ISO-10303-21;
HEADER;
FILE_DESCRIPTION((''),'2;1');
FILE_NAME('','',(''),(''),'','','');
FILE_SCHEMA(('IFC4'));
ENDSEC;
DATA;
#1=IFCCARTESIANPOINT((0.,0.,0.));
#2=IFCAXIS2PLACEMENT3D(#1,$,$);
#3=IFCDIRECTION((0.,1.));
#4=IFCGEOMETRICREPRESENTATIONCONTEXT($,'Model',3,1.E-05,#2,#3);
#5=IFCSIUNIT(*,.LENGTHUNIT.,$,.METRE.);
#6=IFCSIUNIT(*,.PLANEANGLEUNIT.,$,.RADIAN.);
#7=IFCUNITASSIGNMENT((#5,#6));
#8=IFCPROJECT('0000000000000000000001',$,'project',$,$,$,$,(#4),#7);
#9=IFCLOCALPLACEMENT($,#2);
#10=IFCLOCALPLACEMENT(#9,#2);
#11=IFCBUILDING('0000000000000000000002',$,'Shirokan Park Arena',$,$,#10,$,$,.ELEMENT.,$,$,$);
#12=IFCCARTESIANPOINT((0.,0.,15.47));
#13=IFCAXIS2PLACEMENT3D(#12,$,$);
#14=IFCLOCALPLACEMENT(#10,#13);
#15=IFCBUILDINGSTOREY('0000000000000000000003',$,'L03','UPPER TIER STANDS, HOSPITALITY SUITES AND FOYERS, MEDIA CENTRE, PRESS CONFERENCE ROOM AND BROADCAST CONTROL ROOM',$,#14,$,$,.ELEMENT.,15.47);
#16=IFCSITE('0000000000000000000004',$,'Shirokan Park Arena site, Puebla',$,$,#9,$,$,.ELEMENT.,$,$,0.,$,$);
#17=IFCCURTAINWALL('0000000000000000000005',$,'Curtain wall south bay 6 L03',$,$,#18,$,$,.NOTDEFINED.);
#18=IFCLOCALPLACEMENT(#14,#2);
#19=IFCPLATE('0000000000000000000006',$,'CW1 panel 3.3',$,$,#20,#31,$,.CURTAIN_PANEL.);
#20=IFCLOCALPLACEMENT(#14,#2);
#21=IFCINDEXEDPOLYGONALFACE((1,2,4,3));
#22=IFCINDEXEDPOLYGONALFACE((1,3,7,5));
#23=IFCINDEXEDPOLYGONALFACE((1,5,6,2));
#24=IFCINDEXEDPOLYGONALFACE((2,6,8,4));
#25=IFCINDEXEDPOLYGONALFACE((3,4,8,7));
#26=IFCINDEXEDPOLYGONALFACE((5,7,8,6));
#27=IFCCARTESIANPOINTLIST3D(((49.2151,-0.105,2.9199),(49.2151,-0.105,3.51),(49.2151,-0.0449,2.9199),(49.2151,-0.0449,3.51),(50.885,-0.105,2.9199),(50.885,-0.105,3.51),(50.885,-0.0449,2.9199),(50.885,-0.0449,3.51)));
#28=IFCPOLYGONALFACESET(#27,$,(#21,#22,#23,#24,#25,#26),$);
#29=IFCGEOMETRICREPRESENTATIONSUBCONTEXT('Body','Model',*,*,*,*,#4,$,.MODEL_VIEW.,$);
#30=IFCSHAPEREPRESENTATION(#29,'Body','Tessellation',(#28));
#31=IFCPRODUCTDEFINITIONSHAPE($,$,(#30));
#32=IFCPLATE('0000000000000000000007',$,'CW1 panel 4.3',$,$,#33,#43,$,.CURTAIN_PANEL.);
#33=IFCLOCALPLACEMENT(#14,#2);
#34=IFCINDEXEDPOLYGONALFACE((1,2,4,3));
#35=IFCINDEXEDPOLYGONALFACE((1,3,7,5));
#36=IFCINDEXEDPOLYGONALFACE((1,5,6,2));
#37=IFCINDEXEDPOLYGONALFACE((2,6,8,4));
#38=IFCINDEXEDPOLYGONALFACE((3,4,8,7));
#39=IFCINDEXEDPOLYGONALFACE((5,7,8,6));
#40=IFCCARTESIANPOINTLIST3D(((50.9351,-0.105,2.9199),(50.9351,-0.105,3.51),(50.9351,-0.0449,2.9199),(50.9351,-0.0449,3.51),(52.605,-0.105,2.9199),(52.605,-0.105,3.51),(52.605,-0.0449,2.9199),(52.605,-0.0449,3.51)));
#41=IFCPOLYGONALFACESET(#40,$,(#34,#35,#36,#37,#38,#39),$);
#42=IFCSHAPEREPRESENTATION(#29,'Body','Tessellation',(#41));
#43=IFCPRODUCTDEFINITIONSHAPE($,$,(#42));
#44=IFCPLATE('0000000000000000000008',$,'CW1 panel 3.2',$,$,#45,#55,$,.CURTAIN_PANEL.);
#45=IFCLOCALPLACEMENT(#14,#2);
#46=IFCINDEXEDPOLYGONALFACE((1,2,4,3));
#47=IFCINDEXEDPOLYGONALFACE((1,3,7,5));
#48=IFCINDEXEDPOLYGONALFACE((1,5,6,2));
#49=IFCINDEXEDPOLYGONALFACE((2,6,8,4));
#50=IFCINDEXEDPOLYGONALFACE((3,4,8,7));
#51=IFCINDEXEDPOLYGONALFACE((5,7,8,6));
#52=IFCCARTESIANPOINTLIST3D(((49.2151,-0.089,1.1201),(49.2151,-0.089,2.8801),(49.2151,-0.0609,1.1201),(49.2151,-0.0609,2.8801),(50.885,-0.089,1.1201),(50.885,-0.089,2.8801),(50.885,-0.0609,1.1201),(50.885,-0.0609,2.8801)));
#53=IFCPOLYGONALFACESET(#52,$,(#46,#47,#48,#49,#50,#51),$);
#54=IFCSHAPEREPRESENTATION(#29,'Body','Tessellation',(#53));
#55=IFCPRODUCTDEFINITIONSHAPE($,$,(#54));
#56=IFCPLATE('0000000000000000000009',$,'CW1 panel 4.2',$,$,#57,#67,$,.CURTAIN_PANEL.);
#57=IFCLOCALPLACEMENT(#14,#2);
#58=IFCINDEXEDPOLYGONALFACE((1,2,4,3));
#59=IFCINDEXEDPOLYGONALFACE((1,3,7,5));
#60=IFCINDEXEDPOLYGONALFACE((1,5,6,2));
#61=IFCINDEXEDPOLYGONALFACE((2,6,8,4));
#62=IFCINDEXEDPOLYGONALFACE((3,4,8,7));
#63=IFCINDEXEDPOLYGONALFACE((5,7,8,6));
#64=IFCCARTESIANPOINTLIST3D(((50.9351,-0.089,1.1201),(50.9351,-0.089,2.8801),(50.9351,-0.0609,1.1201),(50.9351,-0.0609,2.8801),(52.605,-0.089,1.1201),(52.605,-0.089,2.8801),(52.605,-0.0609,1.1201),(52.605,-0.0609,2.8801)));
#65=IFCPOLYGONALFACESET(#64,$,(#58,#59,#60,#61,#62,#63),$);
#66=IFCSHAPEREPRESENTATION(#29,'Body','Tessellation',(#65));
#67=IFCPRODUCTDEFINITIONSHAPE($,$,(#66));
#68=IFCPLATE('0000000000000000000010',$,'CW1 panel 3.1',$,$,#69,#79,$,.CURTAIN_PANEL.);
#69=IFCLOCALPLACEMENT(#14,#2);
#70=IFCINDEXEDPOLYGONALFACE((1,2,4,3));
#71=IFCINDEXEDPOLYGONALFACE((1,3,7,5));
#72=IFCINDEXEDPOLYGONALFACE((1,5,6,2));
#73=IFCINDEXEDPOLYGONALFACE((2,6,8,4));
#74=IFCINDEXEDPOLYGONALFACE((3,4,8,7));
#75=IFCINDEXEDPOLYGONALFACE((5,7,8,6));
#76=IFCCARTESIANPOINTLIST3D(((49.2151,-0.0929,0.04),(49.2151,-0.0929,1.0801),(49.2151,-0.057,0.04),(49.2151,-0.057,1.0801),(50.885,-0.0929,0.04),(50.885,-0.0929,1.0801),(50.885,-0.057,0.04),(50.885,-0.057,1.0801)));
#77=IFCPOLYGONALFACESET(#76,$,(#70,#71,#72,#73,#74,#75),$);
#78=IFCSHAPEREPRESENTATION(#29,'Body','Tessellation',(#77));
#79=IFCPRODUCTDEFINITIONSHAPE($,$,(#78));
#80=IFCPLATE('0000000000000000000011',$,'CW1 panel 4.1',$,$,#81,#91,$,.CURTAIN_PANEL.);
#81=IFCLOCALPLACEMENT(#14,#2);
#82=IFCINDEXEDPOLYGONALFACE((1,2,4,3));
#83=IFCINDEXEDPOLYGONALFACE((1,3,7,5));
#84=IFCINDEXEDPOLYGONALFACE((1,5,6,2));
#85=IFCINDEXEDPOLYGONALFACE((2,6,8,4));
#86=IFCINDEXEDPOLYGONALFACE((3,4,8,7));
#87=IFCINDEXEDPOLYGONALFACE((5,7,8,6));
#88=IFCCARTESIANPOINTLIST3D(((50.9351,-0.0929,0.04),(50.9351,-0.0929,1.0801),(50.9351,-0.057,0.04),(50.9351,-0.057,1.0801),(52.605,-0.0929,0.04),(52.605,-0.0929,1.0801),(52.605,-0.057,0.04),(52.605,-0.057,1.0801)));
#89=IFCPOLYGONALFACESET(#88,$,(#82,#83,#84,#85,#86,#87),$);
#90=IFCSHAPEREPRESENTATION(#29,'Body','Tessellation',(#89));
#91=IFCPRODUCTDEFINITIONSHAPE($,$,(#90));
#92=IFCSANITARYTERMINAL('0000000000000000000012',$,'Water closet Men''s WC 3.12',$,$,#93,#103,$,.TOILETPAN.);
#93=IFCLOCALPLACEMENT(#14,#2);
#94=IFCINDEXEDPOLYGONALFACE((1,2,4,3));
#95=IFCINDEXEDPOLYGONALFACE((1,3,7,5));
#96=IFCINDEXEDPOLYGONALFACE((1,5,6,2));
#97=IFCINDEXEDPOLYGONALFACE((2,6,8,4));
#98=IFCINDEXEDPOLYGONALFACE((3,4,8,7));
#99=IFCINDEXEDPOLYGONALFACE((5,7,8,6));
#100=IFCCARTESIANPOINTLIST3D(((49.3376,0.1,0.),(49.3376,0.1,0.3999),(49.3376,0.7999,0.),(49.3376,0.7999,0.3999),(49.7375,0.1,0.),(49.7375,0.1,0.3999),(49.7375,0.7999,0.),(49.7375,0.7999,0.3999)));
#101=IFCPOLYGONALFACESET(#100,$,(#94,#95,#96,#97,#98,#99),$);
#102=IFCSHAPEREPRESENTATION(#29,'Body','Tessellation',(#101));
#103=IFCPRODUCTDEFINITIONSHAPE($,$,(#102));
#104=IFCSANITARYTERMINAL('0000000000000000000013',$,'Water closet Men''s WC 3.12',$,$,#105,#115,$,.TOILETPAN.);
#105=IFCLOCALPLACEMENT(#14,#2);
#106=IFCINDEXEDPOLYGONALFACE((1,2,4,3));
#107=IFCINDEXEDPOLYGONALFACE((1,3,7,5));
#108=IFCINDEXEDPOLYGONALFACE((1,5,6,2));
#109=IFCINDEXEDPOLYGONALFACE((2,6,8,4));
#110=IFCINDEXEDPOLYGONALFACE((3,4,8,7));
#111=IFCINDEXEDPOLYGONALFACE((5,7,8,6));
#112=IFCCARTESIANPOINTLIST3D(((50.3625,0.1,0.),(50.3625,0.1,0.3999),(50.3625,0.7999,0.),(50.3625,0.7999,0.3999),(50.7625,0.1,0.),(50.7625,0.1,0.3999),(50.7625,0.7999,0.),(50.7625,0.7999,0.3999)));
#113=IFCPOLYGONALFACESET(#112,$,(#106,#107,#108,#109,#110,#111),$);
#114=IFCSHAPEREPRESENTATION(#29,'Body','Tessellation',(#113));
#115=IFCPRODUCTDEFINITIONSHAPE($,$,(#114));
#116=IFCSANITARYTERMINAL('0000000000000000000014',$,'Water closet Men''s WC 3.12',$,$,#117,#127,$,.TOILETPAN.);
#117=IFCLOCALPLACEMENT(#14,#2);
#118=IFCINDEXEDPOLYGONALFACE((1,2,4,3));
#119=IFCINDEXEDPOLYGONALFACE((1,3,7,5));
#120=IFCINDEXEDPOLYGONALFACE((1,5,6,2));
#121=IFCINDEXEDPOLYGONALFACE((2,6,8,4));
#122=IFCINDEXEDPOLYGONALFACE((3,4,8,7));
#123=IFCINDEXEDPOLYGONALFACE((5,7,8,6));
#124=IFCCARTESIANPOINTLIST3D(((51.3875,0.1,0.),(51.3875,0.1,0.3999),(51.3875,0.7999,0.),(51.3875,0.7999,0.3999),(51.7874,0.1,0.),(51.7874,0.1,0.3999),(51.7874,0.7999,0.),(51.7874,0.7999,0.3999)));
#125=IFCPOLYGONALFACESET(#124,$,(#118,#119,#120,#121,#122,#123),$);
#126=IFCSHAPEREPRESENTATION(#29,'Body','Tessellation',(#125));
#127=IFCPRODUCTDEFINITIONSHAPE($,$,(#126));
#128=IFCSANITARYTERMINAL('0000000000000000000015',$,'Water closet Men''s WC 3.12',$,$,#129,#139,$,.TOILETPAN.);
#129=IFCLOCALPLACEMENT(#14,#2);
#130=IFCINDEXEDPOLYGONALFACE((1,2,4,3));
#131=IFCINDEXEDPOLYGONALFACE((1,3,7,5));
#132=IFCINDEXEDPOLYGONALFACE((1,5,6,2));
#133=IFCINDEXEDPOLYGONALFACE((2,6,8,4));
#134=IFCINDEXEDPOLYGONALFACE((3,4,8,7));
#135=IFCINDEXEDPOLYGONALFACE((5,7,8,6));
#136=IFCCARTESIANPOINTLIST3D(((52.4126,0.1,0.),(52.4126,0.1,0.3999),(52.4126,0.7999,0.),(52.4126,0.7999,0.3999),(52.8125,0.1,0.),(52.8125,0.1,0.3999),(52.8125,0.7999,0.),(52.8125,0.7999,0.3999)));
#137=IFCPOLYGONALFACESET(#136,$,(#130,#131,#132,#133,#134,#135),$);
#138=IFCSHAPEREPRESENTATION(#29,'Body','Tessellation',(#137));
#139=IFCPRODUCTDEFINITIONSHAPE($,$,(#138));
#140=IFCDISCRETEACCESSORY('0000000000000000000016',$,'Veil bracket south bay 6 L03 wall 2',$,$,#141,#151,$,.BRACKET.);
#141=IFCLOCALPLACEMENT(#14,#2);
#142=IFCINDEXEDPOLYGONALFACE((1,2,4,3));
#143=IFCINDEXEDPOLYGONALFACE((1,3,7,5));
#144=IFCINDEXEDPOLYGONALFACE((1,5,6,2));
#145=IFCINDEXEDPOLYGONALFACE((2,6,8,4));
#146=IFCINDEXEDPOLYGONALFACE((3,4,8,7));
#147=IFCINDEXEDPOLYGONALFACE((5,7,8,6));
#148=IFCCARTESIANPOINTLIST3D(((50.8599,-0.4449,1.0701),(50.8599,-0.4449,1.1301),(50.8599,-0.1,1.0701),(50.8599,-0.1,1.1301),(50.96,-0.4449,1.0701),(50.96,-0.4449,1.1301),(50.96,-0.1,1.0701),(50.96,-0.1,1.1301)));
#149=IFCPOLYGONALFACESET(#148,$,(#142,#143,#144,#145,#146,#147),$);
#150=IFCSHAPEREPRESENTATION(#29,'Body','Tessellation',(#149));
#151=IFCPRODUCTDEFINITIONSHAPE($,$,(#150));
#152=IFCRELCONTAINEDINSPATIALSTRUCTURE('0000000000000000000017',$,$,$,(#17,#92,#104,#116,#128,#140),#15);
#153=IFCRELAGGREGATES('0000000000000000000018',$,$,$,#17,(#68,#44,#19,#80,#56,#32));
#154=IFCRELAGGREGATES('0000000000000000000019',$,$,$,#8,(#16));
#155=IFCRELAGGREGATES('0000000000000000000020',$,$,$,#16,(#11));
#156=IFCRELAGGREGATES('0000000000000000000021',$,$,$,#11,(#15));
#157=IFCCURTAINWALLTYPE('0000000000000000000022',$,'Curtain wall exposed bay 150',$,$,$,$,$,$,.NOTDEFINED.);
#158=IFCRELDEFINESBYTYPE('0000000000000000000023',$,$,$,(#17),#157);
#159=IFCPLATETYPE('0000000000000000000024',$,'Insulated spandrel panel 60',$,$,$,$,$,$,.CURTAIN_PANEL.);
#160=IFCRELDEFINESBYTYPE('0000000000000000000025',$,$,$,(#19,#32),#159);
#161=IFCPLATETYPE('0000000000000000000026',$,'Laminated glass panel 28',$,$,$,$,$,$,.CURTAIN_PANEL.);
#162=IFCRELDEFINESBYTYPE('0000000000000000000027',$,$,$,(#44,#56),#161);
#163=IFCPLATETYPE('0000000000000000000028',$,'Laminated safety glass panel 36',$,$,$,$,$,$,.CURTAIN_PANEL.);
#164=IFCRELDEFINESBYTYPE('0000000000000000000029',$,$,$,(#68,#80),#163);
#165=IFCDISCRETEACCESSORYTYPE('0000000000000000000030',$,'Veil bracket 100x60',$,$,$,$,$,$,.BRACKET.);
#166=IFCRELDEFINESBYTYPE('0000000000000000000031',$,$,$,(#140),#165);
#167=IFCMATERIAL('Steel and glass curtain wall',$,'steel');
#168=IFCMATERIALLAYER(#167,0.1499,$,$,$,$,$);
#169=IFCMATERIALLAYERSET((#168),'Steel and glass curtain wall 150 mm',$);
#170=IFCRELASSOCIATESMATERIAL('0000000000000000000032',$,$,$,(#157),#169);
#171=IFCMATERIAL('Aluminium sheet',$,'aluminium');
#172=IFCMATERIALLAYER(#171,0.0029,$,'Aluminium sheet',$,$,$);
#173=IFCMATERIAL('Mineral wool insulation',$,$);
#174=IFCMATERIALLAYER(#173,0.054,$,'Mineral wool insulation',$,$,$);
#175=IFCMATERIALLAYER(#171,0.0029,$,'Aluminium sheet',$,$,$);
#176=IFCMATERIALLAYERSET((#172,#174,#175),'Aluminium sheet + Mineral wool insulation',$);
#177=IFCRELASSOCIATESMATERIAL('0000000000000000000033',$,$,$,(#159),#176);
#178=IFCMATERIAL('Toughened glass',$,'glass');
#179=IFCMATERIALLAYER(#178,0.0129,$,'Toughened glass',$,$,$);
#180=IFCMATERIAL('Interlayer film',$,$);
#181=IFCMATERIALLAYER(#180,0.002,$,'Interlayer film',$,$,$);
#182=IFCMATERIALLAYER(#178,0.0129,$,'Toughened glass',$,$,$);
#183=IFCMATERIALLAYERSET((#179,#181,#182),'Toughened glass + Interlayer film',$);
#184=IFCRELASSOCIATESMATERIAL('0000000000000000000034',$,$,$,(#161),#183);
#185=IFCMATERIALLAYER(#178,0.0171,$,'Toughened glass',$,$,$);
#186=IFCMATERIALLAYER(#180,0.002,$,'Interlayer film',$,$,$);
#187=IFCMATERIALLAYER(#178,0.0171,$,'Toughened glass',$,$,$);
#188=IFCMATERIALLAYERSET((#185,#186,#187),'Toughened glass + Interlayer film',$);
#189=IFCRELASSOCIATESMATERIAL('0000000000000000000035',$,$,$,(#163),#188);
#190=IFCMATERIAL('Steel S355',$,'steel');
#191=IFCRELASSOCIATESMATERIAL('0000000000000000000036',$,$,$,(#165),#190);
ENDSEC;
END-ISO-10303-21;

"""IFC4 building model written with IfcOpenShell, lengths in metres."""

from ifc_helpers import new_model, si_unit, direction, frame, origin, origin_2d, place, context, subcontext, project, spatial, rectangle, extrude, material, layer, layer_set, type_object, element, aggregate, save


model = new_model("IFC4")

# Units and contexts
model_context = context("Model", 3, precision=1e-05, world=origin(), true_north=direction((0.0, 1.0)))
body_context = subcontext(model_context, "Body", "Model", "MODEL_VIEW")
ifc_project = project(units=[si_unit("LENGTHUNIT", "METRE"), si_unit("PLANEANGLEUNIT", "RADIAN")], contexts=[model_context])

# Site, building, storey
site_placement = place(None, origin())
site = spatial("IfcSite", under=ifc_project, at=site_placement, Name="Shirokan Park Arena site, Puebla", CompositionType="ELEMENT", RefElevation=0.0)
building_placement = place(site_placement, origin())
building = spatial("IfcBuilding", under=site, at=building_placement, Name="Shirokan Park Arena", CompositionType="ELEMENT")
storey_placement = place(building_placement, frame((0.0, 0.0, 15.47)))
storey = spatial("IfcBuildingStorey", under=building, at=storey_placement, Name="L03", Description="UPPER TIER STANDS, HOSPITALITY SUITES AND FOYERS, MEDIA CENTRE, PRESS CONFERENCE ROOM AND BROADCAST CONTROL ROOM", CompositionType="ELEMENT", Elevation=15.47)

# Curtain wall, plates
ifc_material_1 = material(Name="Steel and glass curtain wall", Category="steel")
ifc_layer_1 = layer(ifc_material_1, 0.1499)
ifc_layer_set_1 = layer_set([ifc_layer_1], Name="Steel and glass curtain wall 150 mm")
curtain_wall_type = type_object("IfcCurtainWallType", Name="Curtain wall exposed bay 150", PredefinedType="NOTDEFINED", material=ifc_layer_set_1)
curtain_wall_placement = place(storey_placement, origin())
curtain_wall = element("IfcCurtainWall", 1, at=curtain_wall_placement, inside=storey, type_object=curtain_wall_type, Name="Curtain wall south bay 6 L03", PredefinedType="NOTDEFINED")
ifc_material_2 = material(Name="Steel S355", Category="steel")
ifc_material_3 = material(Name="Aluminium sheet", Category="aluminium")
ifc_layer_2 = layer(ifc_material_3, 0.0029, Name="Aluminium sheet")
ifc_material_4 = material(Name="Mineral wool insulation")
ifc_layer_3 = layer(ifc_material_4, 0.054, Name="Mineral wool insulation")
ifc_layer_4 = layer(ifc_material_3, 0.0029, Name="Aluminium sheet")
ifc_layer_set_2 = layer_set([ifc_layer_2, ifc_layer_3, ifc_layer_4], Name="Aluminium sheet + Mineral wool insulation")
plate_type_1 = type_object("IfcPlateType", Name="Insulated spandrel panel 60", PredefinedType="CURTAIN_PANEL", material=ifc_layer_set_2)
plate_1_placement = place(storey_placement, frame((50.05, -0.075, 2.9199), z_axis=(0.0, 0.0, 1.0), x_axis=(1.0, 0.0, 0.0)))
plate_1 = element("IfcPlate", 2, at=plate_1_placement, type_object=plate_type_1, Name="CW1 panel 3.3", PredefinedType="CURTAIN_PANEL", context=body_context, shape_type="SweptSolid", body=[
    extrude(rectangle(XDim=1.6699, YDim=0.0601, at=origin_2d()), origin(), (0.0, 0.0, 1.0), 0.5901),
])
plate_2_placement = place(storey_placement, frame((51.77, -0.075, 2.9199), z_axis=(0.0, 0.0, 1.0), x_axis=(1.0, 0.0, 0.0)))
plate_2 = element("IfcPlate", 3, at=plate_2_placement, type_object=plate_type_1, Name="CW1 panel 4.3", PredefinedType="CURTAIN_PANEL", context=body_context, shape_type="SweptSolid", body=[
    extrude(rectangle(XDim=1.6699, YDim=0.0601, at=origin_2d()), origin(), (0.0, 0.0, 1.0), 0.5901),
])
ifc_material_5 = material(Name="Toughened glass", Category="glass")
ifc_layer_5 = layer(ifc_material_5, 0.0129, Name="Toughened glass")
ifc_material_6 = material(Name="Interlayer film")
ifc_layer_6 = layer(ifc_material_6, 0.002, Name="Interlayer film")
ifc_layer_7 = layer(ifc_material_5, 0.0129, Name="Toughened glass")
ifc_layer_set_3 = layer_set([ifc_layer_5, ifc_layer_6, ifc_layer_7], Name="Toughened glass + Interlayer film")
plate_type_2 = type_object("IfcPlateType", Name="Laminated glass panel 28", PredefinedType="CURTAIN_PANEL", material=ifc_layer_set_3)
plate_3_placement = place(storey_placement, frame((50.05, -0.075, 1.1201), z_axis=(0.0, 0.0, 1.0), x_axis=(1.0, 0.0, 0.0)))
plate_3 = element("IfcPlate", 4, at=plate_3_placement, type_object=plate_type_2, Name="CW1 panel 3.2", PredefinedType="CURTAIN_PANEL", context=body_context, shape_type="SweptSolid", body=[
    extrude(rectangle(XDim=1.6699, YDim=0.0281, at=origin_2d()), origin(), (0.0, 0.0, 1.0), 1.76),
])
plate_4_placement = place(storey_placement, frame((51.77, -0.075, 1.1201), z_axis=(0.0, 0.0, 1.0), x_axis=(1.0, 0.0, 0.0)))
plate_4 = element("IfcPlate", 5, at=plate_4_placement, type_object=plate_type_2, Name="CW1 panel 4.2", PredefinedType="CURTAIN_PANEL", context=body_context, shape_type="SweptSolid", body=[
    extrude(rectangle(XDim=1.6699, YDim=0.0281, at=origin_2d()), origin(), (0.0, 0.0, 1.0), 1.76),
])
ifc_layer_8 = layer(ifc_material_5, 0.0171, Name="Toughened glass")
ifc_layer_9 = layer(ifc_material_6, 0.002, Name="Interlayer film")
ifc_layer_10 = layer(ifc_material_5, 0.0171, Name="Toughened glass")
ifc_layer_set_4 = layer_set([ifc_layer_8, ifc_layer_9, ifc_layer_10], Name="Toughened glass + Interlayer film")
plate_type_3 = type_object("IfcPlateType", Name="Laminated safety glass panel 36", PredefinedType="CURTAIN_PANEL", material=ifc_layer_set_4)
plate_5_placement = place(storey_placement, frame((50.05, -0.075, 0.04), z_axis=(0.0, 0.0, 1.0), x_axis=(1.0, 0.0, 0.0)))
plate_5 = element("IfcPlate", 6, at=plate_5_placement, type_object=plate_type_3, Name="CW1 panel 3.1", PredefinedType="CURTAIN_PANEL", context=body_context, shape_type="SweptSolid", body=[
    extrude(rectangle(XDim=1.6699, YDim=0.0359, at=origin_2d()), origin(), (0.0, 0.0, 1.0), 1.04),
])
plate_6_placement = place(storey_placement, frame((51.77, -0.075, 0.04), z_axis=(0.0, 0.0, 1.0), x_axis=(1.0, 0.0, 0.0)))
plate_6 = element("IfcPlate", 7, at=plate_6_placement, type_object=plate_type_3, Name="CW1 panel 4.1", PredefinedType="CURTAIN_PANEL", context=body_context, shape_type="SweptSolid", body=[
    extrude(rectangle(XDim=1.6699, YDim=0.0359, at=origin_2d()), origin(), (0.0, 0.0, 1.0), 1.04),
])
aggregate(curtain_wall, [plate_5, plate_3, plate_1, plate_6, plate_4, plate_2])

# Sanitary terminals
for number, where, z_axis, x_axis, name in (
    (8, (49.5376, 0.45, 0.0), (0.0, 0.0, 1.0), (1.0, 0.0, 0.0), "Water closet Men's WC 3.12"),
    (9, (50.5625, 0.45, 0.0), (0.0, 0.0, 1.0), (1.0, 0.0, 0.0), "Water closet Men's WC 3.12"),
    (10, (51.5874, 0.45, 0.0), (0.0, 0.0, 1.0), (1.0, 0.0, 0.0), "Water closet Men's WC 3.12"),
    (11, (52.6125, 0.45, 0.0), (0.0, 0.0, 1.0), (1.0, 0.0, 0.0), "Water closet Men's WC 3.12"),
):
    element("IfcSanitaryTerminal", number, at=place(storey_placement, frame(where, z_axis=z_axis, x_axis=x_axis)), inside=storey, Name=name, PredefinedType="TOILETPAN", context=body_context, shape_type="SweptSolid", body=[
        extrude(rectangle(XDim=0.3999, YDim=0.7, at=origin_2d()), origin(), (0.0, 0.0, 1.0), 0.3999),
    ])

# Discrete accessory
discrete_accessory_type = type_object("IfcDiscreteAccessoryType", Name="Veil bracket 100x60", PredefinedType="BRACKET", material=ifc_material_2)
discrete_accessory_placement = place(storey_placement, frame((50.9099, -0.2725, 1.0701), z_axis=(0.0, 0.0, 1.0), x_axis=(1.0, 0.0, 0.0)))
element("IfcDiscreteAccessory", 12, at=discrete_accessory_placement, inside=storey, type_object=discrete_accessory_type, Name="Veil bracket south bay 6 L03 wall 2", PredefinedType="BRACKET", context=body_context, shape_type="SweptSolid", body=[
    extrude(rectangle(XDim=0.1001, YDim=0.345, at=origin_2d()), origin(), (0.0, 0.0, 1.0), 0.0601),
])

save(model, "model.ifc")
